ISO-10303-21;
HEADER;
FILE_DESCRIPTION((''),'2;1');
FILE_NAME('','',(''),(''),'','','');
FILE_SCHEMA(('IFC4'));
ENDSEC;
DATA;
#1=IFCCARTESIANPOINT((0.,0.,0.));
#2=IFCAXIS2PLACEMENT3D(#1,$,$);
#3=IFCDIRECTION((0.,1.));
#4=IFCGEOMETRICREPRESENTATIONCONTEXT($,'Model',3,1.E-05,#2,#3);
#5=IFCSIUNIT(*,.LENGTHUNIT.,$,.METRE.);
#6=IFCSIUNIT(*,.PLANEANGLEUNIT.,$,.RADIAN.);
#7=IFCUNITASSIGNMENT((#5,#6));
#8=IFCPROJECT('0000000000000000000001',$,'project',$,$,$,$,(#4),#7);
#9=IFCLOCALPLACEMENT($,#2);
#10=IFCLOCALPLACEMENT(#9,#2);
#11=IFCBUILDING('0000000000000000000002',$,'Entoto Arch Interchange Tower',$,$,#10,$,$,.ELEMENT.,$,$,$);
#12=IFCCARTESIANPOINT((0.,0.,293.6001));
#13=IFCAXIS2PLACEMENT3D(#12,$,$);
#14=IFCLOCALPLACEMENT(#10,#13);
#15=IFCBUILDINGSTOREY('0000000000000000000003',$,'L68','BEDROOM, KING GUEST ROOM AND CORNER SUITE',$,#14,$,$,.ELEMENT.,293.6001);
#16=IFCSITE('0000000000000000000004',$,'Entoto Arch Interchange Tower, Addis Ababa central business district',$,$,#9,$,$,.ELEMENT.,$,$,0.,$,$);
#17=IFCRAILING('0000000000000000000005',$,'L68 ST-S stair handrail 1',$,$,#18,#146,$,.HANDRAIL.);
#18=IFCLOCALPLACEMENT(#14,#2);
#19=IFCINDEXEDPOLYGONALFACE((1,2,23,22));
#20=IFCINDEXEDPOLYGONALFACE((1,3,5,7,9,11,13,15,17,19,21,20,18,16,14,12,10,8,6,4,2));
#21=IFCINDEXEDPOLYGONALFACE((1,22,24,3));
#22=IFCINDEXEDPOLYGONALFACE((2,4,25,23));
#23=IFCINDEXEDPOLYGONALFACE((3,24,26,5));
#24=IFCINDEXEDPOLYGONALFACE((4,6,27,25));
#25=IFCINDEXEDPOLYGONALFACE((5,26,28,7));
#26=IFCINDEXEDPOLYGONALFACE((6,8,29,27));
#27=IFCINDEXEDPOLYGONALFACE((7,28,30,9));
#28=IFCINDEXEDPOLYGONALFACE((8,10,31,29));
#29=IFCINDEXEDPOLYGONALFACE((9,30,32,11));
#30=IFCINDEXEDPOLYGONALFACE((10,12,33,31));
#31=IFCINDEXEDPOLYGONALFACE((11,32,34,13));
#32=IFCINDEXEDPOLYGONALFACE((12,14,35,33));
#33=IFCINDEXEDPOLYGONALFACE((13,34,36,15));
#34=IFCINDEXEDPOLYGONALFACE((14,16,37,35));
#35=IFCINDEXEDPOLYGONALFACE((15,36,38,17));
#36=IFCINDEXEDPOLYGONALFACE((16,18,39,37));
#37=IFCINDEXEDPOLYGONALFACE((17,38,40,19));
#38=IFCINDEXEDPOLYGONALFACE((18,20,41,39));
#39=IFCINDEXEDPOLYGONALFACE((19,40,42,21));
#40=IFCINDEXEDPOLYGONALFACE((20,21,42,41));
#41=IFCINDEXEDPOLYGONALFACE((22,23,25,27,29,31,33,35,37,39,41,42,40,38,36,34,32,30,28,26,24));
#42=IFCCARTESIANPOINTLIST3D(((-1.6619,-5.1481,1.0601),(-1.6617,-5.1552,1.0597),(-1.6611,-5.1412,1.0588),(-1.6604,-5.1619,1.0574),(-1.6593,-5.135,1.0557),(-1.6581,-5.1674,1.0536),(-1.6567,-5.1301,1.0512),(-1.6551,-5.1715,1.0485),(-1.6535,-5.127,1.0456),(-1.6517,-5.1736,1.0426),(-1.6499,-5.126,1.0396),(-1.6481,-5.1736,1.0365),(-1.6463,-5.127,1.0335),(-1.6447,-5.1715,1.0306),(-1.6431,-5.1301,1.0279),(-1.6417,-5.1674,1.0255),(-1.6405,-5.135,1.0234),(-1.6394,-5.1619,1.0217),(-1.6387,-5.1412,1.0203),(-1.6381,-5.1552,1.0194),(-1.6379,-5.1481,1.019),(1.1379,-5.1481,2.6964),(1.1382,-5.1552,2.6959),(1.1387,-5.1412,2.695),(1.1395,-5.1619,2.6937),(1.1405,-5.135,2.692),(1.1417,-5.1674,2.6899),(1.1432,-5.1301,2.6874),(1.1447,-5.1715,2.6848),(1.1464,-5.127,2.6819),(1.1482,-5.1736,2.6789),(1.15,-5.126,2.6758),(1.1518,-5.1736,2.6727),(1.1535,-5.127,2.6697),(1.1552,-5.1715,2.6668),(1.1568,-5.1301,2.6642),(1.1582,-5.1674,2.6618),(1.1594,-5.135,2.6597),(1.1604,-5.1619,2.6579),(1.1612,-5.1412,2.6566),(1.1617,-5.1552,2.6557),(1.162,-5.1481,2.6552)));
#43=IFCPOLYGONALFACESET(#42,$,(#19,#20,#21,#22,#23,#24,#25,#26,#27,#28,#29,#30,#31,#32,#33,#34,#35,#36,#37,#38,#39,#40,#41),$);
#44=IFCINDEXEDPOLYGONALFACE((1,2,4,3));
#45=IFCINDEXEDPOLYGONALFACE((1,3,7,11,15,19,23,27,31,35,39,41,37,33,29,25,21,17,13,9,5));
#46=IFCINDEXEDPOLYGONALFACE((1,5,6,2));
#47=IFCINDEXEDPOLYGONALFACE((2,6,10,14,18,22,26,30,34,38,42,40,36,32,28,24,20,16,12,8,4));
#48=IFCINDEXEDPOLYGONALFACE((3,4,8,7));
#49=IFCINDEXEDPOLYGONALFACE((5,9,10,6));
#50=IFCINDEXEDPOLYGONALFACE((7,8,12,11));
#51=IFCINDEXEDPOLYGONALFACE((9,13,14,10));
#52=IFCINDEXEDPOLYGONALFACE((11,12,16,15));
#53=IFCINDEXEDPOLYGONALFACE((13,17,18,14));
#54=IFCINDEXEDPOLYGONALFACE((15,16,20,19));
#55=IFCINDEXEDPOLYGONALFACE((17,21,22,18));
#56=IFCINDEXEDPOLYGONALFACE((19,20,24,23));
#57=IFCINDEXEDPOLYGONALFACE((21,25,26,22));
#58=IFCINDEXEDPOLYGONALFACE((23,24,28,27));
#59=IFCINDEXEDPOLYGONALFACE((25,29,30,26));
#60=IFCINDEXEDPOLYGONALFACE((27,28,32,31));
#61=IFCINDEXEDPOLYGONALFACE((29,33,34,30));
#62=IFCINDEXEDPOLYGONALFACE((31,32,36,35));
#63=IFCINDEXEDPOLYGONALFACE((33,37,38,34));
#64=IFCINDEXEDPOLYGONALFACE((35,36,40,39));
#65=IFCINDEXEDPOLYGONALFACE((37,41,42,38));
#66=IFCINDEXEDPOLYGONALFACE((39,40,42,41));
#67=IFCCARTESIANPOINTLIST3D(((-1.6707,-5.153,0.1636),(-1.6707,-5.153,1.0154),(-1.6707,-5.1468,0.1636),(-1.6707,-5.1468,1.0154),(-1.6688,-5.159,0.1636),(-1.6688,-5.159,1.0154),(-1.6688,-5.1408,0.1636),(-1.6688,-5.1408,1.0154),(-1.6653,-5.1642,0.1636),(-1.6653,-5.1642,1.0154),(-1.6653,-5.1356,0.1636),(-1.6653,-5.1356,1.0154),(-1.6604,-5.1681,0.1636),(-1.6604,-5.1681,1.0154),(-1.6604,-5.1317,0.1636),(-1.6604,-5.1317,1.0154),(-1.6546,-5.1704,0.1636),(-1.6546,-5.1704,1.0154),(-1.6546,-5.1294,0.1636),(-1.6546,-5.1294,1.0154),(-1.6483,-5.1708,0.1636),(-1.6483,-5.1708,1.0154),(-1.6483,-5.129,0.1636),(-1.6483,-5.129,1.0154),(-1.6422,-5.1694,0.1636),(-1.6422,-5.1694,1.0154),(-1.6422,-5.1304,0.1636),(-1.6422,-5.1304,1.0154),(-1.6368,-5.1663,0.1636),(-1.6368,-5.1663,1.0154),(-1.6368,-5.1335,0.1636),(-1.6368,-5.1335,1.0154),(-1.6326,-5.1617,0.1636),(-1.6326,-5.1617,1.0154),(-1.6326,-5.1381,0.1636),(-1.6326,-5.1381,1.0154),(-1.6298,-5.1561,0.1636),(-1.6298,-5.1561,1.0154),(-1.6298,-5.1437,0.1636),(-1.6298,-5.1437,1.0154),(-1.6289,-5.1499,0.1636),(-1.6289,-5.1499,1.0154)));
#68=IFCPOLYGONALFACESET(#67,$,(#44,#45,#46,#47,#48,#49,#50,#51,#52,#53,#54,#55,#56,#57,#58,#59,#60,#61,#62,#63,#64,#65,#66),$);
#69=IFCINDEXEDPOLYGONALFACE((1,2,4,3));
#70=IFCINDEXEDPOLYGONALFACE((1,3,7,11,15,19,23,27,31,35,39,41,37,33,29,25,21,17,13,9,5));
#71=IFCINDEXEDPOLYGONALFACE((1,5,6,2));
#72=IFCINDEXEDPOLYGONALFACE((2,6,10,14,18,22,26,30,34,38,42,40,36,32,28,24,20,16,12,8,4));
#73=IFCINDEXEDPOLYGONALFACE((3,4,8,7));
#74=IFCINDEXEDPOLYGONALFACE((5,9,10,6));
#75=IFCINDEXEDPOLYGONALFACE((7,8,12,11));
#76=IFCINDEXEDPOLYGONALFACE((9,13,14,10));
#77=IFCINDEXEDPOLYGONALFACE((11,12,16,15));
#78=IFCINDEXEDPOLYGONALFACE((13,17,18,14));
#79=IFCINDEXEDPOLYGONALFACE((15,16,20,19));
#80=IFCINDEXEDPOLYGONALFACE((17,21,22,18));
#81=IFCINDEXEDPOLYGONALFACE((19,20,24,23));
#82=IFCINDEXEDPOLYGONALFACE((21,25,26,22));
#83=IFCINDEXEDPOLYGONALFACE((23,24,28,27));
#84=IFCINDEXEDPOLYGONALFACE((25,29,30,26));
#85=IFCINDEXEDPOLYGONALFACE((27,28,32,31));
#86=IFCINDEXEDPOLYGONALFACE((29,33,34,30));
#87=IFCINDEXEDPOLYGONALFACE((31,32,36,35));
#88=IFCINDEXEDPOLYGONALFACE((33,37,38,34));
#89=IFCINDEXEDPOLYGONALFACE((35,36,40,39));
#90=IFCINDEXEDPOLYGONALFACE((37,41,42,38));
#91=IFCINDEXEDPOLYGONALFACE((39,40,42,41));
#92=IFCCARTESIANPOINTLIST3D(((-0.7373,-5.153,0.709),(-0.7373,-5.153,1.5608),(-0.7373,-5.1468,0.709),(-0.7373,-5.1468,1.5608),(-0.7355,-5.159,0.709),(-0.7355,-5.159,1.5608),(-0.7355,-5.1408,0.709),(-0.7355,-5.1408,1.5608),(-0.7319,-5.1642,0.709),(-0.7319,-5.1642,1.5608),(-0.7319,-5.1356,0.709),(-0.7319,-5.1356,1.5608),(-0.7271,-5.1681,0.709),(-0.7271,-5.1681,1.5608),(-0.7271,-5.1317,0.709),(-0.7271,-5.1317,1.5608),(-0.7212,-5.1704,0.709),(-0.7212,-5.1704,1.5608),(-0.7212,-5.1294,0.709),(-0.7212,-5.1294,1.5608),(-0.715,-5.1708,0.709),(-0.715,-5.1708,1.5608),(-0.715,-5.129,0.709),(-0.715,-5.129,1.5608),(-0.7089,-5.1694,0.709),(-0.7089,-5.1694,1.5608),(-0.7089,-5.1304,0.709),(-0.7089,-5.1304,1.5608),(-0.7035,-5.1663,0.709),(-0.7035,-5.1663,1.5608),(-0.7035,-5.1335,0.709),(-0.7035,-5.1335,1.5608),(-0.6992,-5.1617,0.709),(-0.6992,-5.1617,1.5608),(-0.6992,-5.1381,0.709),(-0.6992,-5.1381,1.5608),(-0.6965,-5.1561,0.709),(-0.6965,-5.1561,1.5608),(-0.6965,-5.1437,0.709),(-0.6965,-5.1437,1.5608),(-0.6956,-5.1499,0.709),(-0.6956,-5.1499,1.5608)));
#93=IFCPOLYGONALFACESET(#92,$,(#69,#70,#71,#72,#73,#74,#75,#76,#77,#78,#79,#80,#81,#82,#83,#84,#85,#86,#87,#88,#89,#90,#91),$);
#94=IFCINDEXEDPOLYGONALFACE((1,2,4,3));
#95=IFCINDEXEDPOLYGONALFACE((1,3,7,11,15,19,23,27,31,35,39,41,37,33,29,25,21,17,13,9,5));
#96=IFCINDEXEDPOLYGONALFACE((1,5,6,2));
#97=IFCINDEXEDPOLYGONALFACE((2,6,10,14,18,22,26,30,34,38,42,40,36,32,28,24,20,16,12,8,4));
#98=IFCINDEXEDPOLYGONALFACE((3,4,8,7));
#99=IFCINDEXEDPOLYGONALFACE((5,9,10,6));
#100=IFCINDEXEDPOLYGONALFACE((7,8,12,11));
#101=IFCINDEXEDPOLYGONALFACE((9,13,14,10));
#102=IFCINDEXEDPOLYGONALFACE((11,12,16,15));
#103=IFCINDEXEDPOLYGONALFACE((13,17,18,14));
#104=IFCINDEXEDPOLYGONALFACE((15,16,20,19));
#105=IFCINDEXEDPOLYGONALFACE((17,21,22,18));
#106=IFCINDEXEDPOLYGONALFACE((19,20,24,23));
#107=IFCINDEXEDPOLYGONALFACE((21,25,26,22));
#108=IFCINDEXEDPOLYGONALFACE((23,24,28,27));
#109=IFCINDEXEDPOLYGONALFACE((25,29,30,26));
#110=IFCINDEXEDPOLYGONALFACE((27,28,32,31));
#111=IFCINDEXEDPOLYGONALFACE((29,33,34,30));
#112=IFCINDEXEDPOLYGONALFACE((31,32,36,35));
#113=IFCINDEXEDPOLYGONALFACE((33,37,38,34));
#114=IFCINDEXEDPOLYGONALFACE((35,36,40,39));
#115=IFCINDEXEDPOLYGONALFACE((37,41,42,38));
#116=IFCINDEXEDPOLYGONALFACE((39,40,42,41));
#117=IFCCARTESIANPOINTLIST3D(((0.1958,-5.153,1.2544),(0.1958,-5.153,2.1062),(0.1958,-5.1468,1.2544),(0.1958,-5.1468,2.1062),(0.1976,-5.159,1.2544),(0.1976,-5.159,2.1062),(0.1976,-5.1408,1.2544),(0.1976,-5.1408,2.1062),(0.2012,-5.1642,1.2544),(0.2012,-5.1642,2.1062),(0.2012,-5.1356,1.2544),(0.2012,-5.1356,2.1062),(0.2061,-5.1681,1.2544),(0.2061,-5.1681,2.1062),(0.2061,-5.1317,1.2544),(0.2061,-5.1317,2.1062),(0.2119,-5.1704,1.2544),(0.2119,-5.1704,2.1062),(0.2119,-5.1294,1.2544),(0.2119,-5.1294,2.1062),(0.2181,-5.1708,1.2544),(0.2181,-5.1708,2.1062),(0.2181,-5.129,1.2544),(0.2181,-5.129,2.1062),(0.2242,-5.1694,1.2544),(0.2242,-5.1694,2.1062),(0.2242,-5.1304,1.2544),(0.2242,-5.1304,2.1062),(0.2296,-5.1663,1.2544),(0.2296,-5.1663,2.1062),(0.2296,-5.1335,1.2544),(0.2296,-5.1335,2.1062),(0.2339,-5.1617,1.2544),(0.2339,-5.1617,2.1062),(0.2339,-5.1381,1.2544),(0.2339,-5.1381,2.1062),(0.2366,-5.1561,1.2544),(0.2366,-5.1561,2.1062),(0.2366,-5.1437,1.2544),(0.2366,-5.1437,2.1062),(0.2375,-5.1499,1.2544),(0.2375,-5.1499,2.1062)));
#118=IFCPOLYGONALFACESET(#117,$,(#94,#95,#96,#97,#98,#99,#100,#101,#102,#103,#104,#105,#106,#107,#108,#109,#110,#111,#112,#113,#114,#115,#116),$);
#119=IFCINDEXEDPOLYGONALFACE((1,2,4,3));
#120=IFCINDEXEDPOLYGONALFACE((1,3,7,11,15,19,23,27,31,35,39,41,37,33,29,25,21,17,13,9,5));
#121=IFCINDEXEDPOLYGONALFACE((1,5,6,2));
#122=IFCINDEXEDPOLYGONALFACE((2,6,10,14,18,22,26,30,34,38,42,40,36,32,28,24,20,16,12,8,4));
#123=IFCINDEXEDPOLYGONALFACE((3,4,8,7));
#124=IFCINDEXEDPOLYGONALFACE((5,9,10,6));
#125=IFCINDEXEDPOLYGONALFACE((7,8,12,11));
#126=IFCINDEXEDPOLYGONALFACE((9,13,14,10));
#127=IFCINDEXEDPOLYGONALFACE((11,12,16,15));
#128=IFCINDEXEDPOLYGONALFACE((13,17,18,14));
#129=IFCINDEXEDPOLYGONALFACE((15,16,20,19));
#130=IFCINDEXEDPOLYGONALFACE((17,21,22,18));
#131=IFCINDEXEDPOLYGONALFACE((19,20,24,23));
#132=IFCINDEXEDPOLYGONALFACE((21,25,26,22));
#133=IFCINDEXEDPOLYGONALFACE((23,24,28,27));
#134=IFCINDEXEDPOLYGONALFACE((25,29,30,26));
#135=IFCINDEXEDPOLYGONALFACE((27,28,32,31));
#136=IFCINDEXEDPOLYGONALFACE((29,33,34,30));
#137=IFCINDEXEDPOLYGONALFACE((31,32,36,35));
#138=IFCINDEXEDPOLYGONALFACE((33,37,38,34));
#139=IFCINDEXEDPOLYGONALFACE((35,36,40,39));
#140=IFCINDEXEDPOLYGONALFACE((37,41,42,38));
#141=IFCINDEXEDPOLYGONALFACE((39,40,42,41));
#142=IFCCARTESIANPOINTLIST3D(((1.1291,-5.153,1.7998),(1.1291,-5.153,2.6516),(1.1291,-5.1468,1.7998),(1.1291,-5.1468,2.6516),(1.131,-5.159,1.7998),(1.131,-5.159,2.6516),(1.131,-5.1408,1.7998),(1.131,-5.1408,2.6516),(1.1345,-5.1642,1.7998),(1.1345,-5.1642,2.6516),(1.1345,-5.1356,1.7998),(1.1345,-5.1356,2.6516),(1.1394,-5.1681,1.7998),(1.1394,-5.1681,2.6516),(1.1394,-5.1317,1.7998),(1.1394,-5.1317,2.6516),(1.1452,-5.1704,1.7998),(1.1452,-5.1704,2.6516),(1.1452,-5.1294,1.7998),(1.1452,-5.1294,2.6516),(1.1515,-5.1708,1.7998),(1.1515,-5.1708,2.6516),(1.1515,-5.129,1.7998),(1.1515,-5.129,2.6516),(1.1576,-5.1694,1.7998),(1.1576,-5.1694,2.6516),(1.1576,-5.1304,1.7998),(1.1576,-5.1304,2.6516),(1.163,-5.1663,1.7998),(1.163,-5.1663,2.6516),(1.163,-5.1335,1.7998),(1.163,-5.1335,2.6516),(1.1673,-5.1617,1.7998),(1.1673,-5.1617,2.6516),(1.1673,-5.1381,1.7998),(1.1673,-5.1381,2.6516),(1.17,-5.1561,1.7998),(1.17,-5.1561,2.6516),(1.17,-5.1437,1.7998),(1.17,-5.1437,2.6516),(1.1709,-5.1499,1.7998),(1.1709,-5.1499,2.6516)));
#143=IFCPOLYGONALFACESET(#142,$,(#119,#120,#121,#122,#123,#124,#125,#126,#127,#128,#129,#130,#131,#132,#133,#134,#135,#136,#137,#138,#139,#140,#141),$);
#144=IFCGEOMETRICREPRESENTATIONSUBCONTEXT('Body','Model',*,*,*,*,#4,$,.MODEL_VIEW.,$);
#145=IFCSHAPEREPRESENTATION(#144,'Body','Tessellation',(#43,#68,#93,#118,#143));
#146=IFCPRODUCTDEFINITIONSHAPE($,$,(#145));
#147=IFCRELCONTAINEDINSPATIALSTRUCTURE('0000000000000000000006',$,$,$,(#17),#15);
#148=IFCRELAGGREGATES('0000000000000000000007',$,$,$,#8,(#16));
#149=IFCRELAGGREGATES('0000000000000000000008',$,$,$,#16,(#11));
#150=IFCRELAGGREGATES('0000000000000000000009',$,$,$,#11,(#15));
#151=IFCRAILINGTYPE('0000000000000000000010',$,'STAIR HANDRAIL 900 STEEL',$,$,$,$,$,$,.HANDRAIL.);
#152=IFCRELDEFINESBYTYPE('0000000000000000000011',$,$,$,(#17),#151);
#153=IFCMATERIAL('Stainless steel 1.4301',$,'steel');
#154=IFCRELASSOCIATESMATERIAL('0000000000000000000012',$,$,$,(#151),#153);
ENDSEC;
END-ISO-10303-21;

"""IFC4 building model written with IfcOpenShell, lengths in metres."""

from ifc_helpers import new_model, si_unit, direction, frame, origin, origin_2d, place, context, subcontext, project, spatial, circle, extrude, material, type_object, element, save


model = new_model("IFC4")

# Units and contexts
model_context = context("Model", 3, precision=1e-05, world=origin(), true_north=direction((0.0, 1.0)))
body_context = subcontext(model_context, "Body", "Model", "MODEL_VIEW")
ifc_project = project(units=[si_unit("LENGTHUNIT", "METRE"), si_unit("PLANEANGLEUNIT", "RADIAN")], contexts=[model_context])

# Site, building, storey
site_placement = place(None, origin())
site = spatial("IfcSite", under=ifc_project, at=site_placement, Name="Entoto Arch Interchange Tower, Addis Ababa central business district", CompositionType="ELEMENT", RefElevation=0.0)
building_placement = place(site_placement, origin())
building = spatial("IfcBuilding", under=site, at=building_placement, Name="Entoto Arch Interchange Tower", CompositionType="ELEMENT")
storey_placement = place(building_placement, frame((0.0, 0.0, 293.6001)))
storey = spatial("IfcBuildingStorey", under=building, at=storey_placement, Name="L68", Description="BEDROOM, KING GUEST ROOM AND CORNER SUITE", CompositionType="ELEMENT", Elevation=293.6001)

# Railing
ifc_material_1 = material(Name="Stainless steel 1.4301", Category="steel")
railing_type_1 = type_object("IfcRailingType", Name="STAIR HANDRAIL 900 STEEL", PredefinedType="HANDRAIL", material=ifc_material_1)
railing_1_placement = place(storey_placement, frame((-1.6499, -5.1499, 0.1636)))
element("IfcRailing", 1, at=railing_1_placement, inside=storey, type_object=railing_type_1, Name="L68 ST-S stair handrail 1", PredefinedType="HANDRAIL", context=body_context, shape_type="SweptSolid", body=[
    extrude(circle(Radius=0.0239, at=origin_2d()), frame((0.0, 0.0, 0.876), z_axis=(0.863374, 0.0, 0.504564), x_axis=(0.0, 1.0, 0.0)), (0.0, 0.0, 1.0), 3.2429),
    extrude(circle(Radius=0.021, at=origin_2d()), origin(), (0.0, 0.0, 1.0), 0.8518),
    extrude(circle(Radius=0.021, at=origin_2d()), frame((0.9333, 0.0, 0.5454)), (0.0, 0.0, 1.0), 0.8518),
    extrude(circle(Radius=0.021, at=origin_2d()), frame((1.8665, 0.0, 1.0908)), (0.0, 0.0, 1.0), 0.8518),
    extrude(circle(Radius=0.021, at=origin_2d()), frame((2.7998, 0.0, 1.6362)), (0.0, 0.0, 1.0), 0.8518),
])

save(model, "model.ifc")
